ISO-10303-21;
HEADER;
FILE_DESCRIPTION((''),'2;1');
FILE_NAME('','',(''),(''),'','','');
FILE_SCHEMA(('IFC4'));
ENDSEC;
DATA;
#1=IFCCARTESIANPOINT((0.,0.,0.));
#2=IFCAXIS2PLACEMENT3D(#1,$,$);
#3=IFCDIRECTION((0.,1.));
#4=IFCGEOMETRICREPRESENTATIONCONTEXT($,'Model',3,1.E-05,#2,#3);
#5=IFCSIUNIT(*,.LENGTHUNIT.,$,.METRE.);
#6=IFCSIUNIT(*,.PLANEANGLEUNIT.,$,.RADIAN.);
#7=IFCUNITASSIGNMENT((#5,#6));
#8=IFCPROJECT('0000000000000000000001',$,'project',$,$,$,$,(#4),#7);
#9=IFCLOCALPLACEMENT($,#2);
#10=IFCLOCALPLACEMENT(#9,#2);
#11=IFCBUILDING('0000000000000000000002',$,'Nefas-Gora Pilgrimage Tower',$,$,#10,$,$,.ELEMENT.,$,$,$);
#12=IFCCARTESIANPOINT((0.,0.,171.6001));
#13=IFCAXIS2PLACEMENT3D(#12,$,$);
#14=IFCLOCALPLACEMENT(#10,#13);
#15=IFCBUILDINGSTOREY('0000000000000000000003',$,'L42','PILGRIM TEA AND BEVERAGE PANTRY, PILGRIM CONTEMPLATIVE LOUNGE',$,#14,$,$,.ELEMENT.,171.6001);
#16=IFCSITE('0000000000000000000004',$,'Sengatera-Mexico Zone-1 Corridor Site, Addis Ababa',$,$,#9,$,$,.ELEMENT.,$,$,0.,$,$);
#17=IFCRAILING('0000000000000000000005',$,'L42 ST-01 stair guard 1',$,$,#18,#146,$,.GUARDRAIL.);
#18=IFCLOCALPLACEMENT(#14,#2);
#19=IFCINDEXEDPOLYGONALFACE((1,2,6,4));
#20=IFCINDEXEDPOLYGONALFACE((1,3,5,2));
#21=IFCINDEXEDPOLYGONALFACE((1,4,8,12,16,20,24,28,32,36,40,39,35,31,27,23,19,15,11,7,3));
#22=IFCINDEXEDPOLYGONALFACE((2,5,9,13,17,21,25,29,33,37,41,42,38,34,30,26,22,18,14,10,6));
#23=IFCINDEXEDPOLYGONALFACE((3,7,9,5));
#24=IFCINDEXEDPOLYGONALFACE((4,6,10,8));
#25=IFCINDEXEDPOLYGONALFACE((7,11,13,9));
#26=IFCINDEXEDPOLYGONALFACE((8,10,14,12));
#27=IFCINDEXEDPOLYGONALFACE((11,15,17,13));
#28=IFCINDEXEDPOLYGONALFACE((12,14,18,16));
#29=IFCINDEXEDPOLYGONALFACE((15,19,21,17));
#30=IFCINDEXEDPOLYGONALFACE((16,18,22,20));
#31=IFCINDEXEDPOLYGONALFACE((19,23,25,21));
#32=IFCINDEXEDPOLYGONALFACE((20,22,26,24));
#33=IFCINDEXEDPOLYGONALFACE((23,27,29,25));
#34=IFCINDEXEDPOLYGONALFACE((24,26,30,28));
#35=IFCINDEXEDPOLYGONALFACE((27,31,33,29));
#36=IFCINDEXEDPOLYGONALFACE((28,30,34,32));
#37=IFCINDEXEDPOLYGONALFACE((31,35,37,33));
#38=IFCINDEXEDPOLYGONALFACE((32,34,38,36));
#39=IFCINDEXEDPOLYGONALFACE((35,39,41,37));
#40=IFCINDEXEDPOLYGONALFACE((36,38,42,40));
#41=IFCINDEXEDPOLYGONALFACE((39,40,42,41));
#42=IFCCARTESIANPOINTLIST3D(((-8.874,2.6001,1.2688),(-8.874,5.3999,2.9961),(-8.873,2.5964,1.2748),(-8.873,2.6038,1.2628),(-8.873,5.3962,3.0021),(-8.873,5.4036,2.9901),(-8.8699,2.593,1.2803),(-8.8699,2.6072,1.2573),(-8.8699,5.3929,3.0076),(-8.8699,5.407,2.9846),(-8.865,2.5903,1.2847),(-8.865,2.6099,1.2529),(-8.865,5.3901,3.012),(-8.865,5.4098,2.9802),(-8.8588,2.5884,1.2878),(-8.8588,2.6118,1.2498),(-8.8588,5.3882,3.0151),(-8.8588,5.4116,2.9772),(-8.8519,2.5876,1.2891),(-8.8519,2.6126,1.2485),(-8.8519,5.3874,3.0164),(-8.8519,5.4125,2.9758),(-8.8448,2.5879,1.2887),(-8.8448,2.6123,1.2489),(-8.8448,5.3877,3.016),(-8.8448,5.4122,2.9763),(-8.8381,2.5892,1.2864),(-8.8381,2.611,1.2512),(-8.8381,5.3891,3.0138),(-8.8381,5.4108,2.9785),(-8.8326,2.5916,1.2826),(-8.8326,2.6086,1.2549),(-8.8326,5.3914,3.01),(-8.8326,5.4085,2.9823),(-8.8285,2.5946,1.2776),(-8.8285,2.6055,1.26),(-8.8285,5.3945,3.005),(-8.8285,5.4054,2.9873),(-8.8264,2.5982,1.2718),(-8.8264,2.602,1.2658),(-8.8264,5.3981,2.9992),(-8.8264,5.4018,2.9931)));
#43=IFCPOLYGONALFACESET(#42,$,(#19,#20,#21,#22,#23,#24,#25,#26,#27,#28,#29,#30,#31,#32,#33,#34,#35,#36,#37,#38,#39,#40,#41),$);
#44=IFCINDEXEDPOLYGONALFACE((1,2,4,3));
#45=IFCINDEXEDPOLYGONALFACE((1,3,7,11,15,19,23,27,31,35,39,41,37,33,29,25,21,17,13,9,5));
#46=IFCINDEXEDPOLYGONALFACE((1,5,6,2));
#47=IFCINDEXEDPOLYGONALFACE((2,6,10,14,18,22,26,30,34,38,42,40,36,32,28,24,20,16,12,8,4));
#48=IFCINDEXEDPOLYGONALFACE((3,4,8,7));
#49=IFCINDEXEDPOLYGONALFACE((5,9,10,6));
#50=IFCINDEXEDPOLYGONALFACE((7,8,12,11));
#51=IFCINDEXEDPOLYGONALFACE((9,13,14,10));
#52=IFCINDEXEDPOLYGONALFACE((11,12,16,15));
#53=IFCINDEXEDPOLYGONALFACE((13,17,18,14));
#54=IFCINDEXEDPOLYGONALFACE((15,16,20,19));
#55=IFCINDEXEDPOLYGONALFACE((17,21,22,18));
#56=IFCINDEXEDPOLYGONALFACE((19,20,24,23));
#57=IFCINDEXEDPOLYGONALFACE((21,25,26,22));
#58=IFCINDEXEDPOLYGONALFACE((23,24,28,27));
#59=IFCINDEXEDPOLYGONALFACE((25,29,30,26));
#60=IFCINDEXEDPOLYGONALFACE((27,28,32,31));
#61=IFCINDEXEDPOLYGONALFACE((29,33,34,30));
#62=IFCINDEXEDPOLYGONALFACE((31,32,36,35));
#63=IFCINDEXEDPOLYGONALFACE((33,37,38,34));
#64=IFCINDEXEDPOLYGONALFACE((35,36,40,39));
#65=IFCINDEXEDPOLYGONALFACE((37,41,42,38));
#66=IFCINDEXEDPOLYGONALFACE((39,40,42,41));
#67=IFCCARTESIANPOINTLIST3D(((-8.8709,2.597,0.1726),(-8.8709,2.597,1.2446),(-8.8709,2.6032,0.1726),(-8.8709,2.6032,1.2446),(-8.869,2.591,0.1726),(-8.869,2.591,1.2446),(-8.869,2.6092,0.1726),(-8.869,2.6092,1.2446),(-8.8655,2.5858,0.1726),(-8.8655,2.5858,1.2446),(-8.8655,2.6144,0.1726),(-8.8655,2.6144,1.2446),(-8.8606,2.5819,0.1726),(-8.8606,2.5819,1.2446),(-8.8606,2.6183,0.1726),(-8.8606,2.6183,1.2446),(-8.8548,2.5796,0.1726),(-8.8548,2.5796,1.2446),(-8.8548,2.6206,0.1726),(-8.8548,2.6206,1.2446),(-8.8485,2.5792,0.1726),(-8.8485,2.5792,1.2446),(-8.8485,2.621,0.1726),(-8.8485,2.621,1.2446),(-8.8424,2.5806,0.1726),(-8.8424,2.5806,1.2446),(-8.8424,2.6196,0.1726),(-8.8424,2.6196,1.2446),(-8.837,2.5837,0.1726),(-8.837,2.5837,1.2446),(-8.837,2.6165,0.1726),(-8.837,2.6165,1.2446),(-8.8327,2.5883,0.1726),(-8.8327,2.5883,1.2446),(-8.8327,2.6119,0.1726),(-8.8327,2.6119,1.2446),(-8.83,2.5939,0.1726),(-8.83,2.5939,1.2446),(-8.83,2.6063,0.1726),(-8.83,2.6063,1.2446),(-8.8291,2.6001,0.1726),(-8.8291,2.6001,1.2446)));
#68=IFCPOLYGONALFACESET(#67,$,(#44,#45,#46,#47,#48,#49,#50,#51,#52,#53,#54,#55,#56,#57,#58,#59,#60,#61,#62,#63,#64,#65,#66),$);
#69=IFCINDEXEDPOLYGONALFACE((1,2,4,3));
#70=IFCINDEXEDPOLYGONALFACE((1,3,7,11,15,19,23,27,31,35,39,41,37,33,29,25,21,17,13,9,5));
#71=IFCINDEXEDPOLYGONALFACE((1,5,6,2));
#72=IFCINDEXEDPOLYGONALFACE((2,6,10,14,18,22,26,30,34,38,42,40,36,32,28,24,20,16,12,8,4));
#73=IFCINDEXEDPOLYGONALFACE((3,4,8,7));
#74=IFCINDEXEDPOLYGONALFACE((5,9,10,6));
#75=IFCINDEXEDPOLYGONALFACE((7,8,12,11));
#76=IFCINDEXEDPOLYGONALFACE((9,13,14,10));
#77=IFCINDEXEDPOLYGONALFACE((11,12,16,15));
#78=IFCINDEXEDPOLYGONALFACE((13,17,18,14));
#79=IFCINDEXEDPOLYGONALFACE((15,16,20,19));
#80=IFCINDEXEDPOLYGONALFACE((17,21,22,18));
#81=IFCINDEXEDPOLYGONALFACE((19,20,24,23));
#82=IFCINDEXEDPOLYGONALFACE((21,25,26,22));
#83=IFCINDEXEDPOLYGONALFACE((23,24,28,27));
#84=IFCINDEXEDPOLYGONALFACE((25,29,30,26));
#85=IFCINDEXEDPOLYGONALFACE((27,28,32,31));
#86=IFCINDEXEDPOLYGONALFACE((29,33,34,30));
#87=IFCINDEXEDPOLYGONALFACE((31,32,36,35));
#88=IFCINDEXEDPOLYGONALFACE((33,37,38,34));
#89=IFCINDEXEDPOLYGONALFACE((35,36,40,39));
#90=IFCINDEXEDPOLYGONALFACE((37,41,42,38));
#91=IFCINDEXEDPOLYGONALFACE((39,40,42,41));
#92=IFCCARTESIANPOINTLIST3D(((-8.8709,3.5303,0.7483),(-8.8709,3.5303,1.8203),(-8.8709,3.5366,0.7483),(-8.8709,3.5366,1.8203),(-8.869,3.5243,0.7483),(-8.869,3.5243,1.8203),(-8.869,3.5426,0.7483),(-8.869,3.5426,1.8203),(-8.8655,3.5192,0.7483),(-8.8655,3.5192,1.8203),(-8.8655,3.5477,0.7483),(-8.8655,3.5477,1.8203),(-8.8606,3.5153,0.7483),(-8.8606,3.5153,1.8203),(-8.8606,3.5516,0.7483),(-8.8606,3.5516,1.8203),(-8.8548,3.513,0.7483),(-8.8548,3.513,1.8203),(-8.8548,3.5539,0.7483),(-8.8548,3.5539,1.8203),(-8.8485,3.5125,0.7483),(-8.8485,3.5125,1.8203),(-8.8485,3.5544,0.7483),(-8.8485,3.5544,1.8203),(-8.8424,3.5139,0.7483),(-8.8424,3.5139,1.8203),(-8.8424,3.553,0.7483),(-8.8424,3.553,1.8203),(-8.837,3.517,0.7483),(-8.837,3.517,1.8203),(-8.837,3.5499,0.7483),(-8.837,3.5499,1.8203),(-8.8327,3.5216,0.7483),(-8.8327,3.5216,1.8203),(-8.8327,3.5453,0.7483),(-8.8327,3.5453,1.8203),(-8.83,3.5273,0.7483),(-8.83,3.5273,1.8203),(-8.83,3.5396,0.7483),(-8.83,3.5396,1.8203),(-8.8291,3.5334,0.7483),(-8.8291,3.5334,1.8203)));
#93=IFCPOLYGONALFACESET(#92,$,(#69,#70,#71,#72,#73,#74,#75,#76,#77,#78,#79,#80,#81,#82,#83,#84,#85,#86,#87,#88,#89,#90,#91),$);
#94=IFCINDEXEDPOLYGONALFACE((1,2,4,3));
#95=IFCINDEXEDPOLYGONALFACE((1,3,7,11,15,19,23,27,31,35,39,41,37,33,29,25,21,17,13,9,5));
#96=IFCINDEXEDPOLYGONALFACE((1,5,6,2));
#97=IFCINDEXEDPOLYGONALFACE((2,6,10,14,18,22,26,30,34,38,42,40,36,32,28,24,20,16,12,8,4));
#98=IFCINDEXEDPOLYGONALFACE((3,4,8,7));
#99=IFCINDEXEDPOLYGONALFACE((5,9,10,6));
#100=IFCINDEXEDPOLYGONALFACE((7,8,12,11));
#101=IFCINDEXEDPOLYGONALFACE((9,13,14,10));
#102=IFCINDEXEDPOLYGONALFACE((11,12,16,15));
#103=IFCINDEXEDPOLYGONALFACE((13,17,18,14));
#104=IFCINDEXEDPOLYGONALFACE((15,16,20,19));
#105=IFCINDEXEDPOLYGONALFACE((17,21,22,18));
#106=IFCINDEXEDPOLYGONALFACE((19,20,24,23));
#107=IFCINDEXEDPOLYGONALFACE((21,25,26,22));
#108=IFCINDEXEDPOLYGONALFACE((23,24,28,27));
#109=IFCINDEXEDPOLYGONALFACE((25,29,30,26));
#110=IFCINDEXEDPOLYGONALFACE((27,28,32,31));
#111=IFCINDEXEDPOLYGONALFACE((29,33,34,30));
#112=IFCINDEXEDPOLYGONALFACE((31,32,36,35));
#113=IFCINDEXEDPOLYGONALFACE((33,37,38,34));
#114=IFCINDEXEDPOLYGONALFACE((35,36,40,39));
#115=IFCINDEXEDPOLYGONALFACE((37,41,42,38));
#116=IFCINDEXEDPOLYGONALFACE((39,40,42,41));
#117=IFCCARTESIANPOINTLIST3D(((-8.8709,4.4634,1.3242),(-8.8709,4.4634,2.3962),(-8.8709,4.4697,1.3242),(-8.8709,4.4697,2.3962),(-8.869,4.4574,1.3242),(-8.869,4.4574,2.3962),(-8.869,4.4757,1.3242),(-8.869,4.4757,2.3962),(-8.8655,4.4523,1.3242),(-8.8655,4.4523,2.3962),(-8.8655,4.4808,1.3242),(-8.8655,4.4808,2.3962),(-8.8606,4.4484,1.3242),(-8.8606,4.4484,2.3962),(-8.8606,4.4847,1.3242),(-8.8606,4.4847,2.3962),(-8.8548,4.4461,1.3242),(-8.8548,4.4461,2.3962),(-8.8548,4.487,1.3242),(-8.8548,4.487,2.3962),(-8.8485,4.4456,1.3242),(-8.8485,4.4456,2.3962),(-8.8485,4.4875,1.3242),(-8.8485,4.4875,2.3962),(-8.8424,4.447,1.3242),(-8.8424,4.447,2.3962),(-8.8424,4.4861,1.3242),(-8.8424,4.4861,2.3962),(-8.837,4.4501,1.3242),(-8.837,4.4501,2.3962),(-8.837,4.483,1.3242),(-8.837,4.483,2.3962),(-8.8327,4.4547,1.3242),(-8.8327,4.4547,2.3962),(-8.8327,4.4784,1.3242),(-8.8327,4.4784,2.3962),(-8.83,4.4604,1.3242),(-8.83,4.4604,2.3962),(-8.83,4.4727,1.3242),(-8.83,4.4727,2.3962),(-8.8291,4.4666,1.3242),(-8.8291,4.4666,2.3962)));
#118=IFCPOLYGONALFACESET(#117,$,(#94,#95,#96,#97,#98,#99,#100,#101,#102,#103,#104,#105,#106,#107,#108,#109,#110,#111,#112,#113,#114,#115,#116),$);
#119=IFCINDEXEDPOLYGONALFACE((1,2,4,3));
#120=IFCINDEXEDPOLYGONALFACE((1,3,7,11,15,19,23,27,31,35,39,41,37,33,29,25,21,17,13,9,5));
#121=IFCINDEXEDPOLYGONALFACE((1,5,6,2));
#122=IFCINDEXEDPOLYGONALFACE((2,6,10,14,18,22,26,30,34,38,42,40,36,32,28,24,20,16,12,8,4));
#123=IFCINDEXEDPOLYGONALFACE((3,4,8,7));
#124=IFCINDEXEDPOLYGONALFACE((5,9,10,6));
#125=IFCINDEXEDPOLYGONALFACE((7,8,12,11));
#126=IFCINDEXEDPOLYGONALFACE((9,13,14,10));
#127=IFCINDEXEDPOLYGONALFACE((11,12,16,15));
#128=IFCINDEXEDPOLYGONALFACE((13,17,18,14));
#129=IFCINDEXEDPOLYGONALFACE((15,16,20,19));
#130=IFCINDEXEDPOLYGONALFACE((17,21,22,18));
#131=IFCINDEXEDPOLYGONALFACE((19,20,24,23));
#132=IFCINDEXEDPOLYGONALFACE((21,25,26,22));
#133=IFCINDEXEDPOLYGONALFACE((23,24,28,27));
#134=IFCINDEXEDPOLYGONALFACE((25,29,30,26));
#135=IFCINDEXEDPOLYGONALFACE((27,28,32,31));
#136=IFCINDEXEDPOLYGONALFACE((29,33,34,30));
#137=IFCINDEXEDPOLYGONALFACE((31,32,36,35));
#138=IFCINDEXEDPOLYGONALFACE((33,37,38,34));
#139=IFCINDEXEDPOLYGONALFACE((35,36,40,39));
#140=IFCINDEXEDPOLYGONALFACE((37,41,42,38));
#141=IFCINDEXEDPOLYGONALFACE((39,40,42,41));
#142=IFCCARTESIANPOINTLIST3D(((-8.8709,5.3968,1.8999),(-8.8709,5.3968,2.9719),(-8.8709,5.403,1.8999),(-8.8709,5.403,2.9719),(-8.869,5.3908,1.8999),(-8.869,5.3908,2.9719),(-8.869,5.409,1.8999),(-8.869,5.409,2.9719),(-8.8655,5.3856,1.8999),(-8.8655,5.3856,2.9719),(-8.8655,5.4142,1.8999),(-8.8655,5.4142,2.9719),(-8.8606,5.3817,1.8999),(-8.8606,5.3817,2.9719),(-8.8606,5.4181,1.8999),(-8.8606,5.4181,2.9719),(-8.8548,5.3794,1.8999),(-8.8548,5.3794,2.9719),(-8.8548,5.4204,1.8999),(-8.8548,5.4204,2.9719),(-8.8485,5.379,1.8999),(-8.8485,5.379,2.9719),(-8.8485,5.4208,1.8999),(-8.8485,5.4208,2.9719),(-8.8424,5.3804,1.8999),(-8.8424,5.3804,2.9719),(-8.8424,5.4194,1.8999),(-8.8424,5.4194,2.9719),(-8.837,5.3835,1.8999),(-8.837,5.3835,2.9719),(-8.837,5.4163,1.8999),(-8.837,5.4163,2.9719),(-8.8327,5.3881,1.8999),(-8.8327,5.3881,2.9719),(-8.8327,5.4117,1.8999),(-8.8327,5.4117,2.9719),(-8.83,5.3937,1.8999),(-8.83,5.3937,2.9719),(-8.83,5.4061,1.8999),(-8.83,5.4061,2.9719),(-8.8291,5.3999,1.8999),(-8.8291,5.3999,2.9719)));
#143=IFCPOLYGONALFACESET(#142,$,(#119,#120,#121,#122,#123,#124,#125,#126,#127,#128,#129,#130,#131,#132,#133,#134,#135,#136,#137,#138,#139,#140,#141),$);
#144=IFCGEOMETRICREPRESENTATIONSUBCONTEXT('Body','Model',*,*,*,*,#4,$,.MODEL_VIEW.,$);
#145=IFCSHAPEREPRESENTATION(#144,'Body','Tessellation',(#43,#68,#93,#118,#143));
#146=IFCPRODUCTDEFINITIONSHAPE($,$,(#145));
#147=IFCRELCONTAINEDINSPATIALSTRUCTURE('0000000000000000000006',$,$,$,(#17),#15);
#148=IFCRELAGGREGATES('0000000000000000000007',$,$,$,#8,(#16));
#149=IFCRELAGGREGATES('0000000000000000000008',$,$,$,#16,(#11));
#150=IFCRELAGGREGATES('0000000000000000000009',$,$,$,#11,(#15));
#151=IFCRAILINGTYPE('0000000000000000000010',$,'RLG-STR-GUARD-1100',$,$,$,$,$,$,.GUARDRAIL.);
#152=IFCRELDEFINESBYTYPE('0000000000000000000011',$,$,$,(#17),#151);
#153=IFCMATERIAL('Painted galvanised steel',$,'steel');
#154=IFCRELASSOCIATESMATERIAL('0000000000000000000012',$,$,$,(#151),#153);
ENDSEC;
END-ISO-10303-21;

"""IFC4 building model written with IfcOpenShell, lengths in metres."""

from ifc_helpers import new_model, si_unit, direction, frame, origin, origin_2d, place, context, subcontext, project, spatial, circle, extrude, material, type_object, element, save


model = new_model("IFC4")

# Units and contexts
model_context = context("Model", 3, precision=1e-05, world=origin(), true_north=direction((0.0, 1.0)))
body_context = subcontext(model_context, "Body", "Model", "MODEL_VIEW")
ifc_project = project(units=[si_unit("LENGTHUNIT", "METRE"), si_unit("PLANEANGLEUNIT", "RADIAN")], contexts=[model_context])

# Site, building, storey
site_placement = place(None, origin())
site = spatial("IfcSite", under=ifc_project, at=site_placement, Name="Sengatera-Mexico Zone-1 Corridor Site, Addis Ababa", CompositionType="ELEMENT", RefElevation=0.0)
building_placement = place(site_placement, origin())
building = spatial("IfcBuilding", under=site, at=building_placement, Name="Nefas-Gora Pilgrimage Tower", CompositionType="ELEMENT")
storey_placement = place(building_placement, frame((0.0, 0.0, 171.6001)))
storey = spatial("IfcBuildingStorey", under=building, at=storey_placement, Name="L42", Description="PILGRIM TEA AND BEVERAGE PANTRY, PILGRIM CONTEMPLATIVE LOUNGE", CompositionType="ELEMENT", Elevation=171.6001)

# Railing
ifc_material_1 = material(Name="Painted galvanised steel", Category="steel")
railing_type_1 = type_object("IfcRailingType", Name="RLG-STR-GUARD-1100", PredefinedType="GUARDRAIL", material=ifc_material_1)
railing_1_placement = place(storey_placement, frame((-8.8501, 2.6001, 0.1726)))
element("IfcRailing", 1, at=railing_1_placement, inside=storey, type_object=railing_type_1, Name="L42 ST-01 stair guard 1", PredefinedType="GUARDRAIL", context=body_context, shape_type="SweptSolid", body=[
    extrude(circle(Radius=0.0239, at=origin_2d()), frame((0.0, 0.0, 1.0962), z_axis=(0.0, 0.851069, 0.525054), x_axis=(-1.0, 0.0, 0.0)), (0.0, 0.0, 1.0), 3.2898),
    extrude(circle(Radius=0.021, at=origin_2d()), origin(), (0.0, 0.0, 1.0), 1.072),
    extrude(circle(Radius=0.021, at=origin_2d()), frame((0.0, 0.9333, 0.5757)), (0.0, 0.0, 1.0), 1.072),
    extrude(circle(Radius=0.021, at=origin_2d()), frame((0.0, 1.8665, 1.1516)), (0.0, 0.0, 1.0), 1.072),
    extrude(circle(Radius=0.021, at=origin_2d()), frame((0.0, 2.7998, 1.7273)), (0.0, 0.0, 1.0), 1.072),
])

save(model, "model.ifc")
